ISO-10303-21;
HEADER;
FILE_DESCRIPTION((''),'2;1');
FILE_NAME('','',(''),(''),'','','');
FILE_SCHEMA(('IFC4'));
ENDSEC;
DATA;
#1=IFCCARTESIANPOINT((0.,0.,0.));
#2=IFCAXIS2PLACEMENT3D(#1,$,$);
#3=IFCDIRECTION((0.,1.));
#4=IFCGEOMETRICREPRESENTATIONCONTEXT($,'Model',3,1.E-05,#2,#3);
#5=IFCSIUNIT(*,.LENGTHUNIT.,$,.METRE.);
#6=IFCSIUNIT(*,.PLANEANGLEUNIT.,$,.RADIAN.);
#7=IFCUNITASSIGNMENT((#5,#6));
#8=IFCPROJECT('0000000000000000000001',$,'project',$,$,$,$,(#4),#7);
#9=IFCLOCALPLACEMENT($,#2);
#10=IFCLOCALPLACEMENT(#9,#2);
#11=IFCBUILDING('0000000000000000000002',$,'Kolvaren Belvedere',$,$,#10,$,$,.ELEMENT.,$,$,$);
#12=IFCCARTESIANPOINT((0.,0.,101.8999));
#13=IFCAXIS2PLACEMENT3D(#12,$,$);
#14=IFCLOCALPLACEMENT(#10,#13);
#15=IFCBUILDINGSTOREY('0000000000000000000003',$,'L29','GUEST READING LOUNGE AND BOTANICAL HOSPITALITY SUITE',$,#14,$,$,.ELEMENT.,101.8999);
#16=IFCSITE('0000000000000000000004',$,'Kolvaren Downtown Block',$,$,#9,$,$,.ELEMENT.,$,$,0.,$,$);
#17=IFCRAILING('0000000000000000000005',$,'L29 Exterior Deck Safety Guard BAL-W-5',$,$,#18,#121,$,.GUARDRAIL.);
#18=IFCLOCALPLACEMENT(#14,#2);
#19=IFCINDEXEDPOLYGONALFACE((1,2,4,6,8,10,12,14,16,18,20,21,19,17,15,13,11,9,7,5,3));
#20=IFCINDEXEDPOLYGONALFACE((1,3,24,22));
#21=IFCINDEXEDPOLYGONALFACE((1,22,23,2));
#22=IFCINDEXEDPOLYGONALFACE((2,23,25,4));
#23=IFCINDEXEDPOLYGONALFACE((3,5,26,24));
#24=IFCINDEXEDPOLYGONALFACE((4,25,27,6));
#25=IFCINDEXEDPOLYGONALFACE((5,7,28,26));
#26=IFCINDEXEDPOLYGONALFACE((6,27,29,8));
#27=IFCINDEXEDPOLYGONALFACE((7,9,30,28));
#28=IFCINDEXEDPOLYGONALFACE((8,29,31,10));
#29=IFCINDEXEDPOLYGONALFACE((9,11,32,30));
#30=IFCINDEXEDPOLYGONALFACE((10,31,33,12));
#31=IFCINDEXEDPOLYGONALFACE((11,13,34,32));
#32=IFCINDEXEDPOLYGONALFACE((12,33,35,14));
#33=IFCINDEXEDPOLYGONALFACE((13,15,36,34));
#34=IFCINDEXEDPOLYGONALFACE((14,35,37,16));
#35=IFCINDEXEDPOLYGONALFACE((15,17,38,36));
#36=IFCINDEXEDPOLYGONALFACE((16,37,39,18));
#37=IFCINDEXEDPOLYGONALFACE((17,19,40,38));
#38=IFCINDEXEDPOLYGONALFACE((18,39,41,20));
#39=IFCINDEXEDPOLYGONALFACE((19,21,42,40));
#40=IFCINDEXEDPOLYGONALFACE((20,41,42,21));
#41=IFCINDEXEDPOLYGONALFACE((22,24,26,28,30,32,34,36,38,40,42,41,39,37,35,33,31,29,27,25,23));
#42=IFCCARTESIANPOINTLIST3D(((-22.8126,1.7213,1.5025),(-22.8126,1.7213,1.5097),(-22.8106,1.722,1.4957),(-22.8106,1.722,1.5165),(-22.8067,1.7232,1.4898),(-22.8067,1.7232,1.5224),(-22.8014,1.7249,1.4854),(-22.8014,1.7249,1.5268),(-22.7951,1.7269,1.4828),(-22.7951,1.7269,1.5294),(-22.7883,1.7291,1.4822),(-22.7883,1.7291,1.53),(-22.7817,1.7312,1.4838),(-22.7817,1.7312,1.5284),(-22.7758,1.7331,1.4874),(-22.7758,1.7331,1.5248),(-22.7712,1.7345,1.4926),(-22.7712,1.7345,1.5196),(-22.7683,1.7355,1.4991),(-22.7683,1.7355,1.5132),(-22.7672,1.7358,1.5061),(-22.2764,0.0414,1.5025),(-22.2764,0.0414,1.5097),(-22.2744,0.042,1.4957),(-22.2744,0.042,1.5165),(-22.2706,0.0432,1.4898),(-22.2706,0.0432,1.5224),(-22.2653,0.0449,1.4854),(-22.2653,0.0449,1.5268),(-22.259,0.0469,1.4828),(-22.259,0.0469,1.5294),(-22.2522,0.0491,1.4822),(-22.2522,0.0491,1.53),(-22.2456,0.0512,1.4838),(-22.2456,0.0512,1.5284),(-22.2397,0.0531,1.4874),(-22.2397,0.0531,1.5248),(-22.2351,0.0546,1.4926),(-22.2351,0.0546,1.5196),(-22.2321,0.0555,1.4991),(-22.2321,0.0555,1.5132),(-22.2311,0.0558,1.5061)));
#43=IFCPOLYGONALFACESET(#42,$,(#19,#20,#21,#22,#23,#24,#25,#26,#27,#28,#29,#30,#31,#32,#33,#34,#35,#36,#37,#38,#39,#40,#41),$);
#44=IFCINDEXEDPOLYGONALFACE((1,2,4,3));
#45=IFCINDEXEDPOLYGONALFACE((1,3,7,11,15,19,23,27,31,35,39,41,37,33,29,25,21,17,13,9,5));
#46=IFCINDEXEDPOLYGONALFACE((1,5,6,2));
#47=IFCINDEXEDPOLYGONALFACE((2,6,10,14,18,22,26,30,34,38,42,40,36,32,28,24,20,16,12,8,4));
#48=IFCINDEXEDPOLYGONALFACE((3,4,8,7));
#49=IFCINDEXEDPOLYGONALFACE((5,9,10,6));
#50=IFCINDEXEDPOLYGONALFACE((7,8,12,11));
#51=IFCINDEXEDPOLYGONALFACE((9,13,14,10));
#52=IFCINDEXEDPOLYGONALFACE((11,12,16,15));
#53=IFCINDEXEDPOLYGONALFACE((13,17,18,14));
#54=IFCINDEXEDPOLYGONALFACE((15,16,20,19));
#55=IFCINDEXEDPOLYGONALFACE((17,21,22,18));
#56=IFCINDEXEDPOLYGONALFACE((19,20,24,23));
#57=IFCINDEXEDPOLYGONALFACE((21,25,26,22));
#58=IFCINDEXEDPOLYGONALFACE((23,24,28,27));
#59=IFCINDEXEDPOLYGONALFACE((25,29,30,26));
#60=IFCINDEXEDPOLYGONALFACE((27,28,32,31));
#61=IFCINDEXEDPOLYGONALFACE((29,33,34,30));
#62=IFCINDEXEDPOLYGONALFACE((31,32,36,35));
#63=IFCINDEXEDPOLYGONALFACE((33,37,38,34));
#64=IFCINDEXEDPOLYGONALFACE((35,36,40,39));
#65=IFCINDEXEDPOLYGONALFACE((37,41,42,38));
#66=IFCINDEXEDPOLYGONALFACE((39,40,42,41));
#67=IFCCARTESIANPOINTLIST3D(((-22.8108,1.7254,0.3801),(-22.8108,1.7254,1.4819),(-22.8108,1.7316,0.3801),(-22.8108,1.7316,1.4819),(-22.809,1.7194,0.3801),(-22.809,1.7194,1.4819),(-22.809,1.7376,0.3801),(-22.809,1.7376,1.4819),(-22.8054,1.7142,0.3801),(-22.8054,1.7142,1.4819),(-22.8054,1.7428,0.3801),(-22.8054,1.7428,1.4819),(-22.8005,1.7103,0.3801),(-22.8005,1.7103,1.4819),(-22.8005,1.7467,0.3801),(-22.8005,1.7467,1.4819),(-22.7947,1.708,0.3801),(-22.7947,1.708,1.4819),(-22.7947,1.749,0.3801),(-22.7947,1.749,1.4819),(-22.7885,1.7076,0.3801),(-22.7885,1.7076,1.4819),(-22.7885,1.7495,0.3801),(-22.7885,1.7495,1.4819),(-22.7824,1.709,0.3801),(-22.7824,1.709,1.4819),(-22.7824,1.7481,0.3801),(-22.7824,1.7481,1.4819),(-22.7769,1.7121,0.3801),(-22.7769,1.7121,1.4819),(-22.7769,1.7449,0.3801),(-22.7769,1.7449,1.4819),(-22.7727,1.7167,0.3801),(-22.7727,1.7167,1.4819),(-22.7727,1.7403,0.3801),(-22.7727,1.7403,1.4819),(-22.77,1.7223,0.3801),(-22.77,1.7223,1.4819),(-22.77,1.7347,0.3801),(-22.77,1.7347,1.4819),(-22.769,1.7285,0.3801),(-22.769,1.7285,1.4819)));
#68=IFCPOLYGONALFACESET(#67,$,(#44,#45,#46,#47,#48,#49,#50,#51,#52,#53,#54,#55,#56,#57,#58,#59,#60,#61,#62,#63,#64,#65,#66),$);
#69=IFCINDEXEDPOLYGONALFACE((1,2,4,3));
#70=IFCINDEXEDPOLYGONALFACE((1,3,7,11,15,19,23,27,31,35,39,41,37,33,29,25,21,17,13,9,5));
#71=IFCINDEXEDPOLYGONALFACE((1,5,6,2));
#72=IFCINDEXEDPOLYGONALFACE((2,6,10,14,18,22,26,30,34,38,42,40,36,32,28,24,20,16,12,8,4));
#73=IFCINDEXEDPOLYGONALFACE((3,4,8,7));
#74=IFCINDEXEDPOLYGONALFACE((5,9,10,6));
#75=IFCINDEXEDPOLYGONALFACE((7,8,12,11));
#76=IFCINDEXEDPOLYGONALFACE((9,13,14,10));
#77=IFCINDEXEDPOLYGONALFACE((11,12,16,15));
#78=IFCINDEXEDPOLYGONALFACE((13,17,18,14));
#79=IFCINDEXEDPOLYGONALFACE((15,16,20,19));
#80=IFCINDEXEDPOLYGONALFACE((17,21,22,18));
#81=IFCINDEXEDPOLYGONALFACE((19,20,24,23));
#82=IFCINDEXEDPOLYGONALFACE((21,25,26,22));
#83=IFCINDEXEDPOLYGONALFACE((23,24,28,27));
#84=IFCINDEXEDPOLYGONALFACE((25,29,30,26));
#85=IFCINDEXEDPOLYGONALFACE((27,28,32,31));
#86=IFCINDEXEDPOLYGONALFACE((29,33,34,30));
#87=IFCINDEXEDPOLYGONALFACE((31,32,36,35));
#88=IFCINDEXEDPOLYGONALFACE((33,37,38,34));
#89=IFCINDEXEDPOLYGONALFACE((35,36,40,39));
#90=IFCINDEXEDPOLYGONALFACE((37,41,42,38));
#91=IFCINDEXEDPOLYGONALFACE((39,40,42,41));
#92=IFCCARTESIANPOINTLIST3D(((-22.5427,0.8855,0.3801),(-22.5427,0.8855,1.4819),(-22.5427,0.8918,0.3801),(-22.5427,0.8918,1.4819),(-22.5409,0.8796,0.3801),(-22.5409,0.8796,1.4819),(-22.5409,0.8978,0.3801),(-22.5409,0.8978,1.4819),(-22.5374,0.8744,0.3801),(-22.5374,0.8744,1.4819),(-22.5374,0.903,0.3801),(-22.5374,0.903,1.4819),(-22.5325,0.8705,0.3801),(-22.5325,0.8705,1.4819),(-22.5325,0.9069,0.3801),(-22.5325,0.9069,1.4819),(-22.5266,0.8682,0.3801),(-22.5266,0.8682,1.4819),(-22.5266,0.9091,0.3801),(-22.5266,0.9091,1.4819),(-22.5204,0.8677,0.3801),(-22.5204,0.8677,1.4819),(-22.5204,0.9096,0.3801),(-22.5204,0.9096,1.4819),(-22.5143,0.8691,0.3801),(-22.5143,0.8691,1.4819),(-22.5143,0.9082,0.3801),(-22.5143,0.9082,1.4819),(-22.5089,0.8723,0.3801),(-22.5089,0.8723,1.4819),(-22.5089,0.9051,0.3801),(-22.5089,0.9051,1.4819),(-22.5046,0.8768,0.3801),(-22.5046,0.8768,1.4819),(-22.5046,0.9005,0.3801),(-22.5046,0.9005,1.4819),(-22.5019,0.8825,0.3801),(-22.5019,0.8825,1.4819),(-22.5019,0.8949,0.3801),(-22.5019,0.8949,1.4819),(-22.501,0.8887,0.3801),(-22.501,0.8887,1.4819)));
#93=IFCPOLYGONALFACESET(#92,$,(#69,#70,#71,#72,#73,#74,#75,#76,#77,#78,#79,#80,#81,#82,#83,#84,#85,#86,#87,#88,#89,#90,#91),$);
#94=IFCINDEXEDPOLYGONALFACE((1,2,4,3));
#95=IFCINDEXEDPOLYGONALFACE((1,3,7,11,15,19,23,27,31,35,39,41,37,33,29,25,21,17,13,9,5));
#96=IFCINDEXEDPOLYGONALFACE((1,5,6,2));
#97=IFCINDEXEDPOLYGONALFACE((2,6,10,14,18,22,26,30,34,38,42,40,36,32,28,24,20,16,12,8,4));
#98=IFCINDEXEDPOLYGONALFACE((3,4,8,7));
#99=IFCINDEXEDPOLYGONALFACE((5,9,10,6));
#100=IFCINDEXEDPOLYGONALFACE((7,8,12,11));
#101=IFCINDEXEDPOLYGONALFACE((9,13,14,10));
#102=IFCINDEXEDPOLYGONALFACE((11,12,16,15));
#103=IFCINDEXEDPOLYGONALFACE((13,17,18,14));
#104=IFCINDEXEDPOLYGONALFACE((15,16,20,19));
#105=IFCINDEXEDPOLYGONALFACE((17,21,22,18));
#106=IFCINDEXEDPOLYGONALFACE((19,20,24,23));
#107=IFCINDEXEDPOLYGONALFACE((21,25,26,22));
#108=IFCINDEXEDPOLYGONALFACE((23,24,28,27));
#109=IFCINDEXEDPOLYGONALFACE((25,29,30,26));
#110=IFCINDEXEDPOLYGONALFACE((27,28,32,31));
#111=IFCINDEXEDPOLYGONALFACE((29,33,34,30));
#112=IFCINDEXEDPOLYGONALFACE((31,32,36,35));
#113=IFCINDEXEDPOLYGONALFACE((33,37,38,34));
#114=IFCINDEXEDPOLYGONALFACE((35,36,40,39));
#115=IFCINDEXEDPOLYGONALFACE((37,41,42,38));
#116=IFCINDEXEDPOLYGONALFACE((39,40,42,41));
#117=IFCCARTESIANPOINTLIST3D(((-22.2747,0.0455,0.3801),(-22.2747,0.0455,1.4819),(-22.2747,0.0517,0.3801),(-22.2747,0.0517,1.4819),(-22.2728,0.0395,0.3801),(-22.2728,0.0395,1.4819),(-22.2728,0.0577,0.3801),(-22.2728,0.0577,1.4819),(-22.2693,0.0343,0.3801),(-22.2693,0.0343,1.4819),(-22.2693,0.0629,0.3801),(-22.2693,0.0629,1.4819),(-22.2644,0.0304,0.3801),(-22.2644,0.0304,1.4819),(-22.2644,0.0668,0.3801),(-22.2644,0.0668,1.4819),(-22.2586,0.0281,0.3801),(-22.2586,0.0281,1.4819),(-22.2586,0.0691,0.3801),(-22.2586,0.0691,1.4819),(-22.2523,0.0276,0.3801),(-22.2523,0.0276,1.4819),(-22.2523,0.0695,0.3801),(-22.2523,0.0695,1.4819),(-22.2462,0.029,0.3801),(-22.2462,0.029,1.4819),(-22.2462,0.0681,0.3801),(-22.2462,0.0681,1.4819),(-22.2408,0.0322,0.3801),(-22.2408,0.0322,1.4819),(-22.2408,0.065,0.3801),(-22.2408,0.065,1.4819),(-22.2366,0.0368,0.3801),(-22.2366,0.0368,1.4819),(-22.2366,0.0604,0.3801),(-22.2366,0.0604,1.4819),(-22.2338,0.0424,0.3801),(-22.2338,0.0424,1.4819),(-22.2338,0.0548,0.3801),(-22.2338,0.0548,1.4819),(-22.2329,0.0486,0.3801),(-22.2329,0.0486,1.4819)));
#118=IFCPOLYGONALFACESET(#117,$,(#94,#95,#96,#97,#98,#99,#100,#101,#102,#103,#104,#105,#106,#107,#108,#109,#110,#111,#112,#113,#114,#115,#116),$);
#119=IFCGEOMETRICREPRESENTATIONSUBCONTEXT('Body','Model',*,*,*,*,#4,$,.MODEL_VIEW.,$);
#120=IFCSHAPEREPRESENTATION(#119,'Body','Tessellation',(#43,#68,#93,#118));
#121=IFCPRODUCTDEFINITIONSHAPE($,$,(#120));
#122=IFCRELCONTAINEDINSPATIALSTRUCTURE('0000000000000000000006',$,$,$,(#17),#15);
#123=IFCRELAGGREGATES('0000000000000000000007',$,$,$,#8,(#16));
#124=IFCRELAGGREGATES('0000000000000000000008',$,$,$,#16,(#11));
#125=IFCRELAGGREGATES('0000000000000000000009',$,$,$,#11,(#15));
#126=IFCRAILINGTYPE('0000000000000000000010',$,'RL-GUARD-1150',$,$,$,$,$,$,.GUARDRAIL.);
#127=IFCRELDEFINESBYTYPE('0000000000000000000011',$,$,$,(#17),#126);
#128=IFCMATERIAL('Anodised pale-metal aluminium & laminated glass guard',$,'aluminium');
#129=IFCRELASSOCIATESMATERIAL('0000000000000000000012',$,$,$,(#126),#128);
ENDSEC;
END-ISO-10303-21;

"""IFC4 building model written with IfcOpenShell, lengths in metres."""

from ifc_helpers import new_model, si_unit, direction, frame, origin, origin_2d, place, context, subcontext, project, spatial, circle, extrude, material, type_object, element, save


model = new_model("IFC4")

# Units and contexts
model_context = context("Model", 3, precision=1e-05, world=origin(), true_north=direction((0.0, 1.0)))
body_context = subcontext(model_context, "Body", "Model", "MODEL_VIEW")
ifc_project = project(units=[si_unit("LENGTHUNIT", "METRE"), si_unit("PLANEANGLEUNIT", "RADIAN")], contexts=[model_context])

# Site, building, storey
site_placement = place(None, origin())
site = spatial("IfcSite", under=ifc_project, at=site_placement, Name="Kolvaren Downtown Block", CompositionType="ELEMENT", RefElevation=0.0)
building_placement = place(site_placement, origin())
building = spatial("IfcBuilding", under=site, at=building_placement, Name="Kolvaren Belvedere", CompositionType="ELEMENT")
storey_placement = place(building_placement, frame((0.0, 0.0, 101.8999)))
storey = spatial("IfcBuildingStorey", under=building, at=storey_placement, Name="L29", Description="GUEST READING LOUNGE AND BOTANICAL HOSPITALITY SUITE", CompositionType="ELEMENT", Elevation=101.8999)

# Railing
ifc_material_1 = material(Name="Anodised pale-metal aluminium & laminated glass guard", Category="aluminium")
railing_type = type_object("IfcRailingType", Name="RL-GUARD-1150", PredefinedType="GUARDRAIL", material=ifc_material_1)
railing_1_placement = place(storey_placement, frame((-22.79, 1.7285, 0.3801)))
element("IfcRailing", 1, at=railing_1_placement, inside=storey, type_object=railing_type, Name="L29 Exterior Deck Safety Guard BAL-W-5", PredefinedType="GUARDRAIL", context=body_context, shape_type="SweptSolid", body=[
    extrude(circle(Radius=0.0239, at=origin_2d()), frame((0.0, 0.0, 1.126), z_axis=(0.304032, -0.952662, 0.0), x_axis=(0.952662, 0.304032, 0.0)), (0.0, 0.0, 1.0), 1.7634),
    extrude(circle(Radius=0.021, at=origin_2d()), origin(), (0.0, 0.0, 1.0), 1.1018),
    extrude(circle(Radius=0.021, at=origin_2d()), frame((0.2681, -0.8398, 0.0)), (0.0, 0.0, 1.0), 1.1018),
    extrude(circle(Radius=0.021, at=origin_2d()), frame((0.5361, -1.6799, 0.0)), (0.0, 0.0, 1.0), 1.1018),
])

save(model, "model.ifc")
